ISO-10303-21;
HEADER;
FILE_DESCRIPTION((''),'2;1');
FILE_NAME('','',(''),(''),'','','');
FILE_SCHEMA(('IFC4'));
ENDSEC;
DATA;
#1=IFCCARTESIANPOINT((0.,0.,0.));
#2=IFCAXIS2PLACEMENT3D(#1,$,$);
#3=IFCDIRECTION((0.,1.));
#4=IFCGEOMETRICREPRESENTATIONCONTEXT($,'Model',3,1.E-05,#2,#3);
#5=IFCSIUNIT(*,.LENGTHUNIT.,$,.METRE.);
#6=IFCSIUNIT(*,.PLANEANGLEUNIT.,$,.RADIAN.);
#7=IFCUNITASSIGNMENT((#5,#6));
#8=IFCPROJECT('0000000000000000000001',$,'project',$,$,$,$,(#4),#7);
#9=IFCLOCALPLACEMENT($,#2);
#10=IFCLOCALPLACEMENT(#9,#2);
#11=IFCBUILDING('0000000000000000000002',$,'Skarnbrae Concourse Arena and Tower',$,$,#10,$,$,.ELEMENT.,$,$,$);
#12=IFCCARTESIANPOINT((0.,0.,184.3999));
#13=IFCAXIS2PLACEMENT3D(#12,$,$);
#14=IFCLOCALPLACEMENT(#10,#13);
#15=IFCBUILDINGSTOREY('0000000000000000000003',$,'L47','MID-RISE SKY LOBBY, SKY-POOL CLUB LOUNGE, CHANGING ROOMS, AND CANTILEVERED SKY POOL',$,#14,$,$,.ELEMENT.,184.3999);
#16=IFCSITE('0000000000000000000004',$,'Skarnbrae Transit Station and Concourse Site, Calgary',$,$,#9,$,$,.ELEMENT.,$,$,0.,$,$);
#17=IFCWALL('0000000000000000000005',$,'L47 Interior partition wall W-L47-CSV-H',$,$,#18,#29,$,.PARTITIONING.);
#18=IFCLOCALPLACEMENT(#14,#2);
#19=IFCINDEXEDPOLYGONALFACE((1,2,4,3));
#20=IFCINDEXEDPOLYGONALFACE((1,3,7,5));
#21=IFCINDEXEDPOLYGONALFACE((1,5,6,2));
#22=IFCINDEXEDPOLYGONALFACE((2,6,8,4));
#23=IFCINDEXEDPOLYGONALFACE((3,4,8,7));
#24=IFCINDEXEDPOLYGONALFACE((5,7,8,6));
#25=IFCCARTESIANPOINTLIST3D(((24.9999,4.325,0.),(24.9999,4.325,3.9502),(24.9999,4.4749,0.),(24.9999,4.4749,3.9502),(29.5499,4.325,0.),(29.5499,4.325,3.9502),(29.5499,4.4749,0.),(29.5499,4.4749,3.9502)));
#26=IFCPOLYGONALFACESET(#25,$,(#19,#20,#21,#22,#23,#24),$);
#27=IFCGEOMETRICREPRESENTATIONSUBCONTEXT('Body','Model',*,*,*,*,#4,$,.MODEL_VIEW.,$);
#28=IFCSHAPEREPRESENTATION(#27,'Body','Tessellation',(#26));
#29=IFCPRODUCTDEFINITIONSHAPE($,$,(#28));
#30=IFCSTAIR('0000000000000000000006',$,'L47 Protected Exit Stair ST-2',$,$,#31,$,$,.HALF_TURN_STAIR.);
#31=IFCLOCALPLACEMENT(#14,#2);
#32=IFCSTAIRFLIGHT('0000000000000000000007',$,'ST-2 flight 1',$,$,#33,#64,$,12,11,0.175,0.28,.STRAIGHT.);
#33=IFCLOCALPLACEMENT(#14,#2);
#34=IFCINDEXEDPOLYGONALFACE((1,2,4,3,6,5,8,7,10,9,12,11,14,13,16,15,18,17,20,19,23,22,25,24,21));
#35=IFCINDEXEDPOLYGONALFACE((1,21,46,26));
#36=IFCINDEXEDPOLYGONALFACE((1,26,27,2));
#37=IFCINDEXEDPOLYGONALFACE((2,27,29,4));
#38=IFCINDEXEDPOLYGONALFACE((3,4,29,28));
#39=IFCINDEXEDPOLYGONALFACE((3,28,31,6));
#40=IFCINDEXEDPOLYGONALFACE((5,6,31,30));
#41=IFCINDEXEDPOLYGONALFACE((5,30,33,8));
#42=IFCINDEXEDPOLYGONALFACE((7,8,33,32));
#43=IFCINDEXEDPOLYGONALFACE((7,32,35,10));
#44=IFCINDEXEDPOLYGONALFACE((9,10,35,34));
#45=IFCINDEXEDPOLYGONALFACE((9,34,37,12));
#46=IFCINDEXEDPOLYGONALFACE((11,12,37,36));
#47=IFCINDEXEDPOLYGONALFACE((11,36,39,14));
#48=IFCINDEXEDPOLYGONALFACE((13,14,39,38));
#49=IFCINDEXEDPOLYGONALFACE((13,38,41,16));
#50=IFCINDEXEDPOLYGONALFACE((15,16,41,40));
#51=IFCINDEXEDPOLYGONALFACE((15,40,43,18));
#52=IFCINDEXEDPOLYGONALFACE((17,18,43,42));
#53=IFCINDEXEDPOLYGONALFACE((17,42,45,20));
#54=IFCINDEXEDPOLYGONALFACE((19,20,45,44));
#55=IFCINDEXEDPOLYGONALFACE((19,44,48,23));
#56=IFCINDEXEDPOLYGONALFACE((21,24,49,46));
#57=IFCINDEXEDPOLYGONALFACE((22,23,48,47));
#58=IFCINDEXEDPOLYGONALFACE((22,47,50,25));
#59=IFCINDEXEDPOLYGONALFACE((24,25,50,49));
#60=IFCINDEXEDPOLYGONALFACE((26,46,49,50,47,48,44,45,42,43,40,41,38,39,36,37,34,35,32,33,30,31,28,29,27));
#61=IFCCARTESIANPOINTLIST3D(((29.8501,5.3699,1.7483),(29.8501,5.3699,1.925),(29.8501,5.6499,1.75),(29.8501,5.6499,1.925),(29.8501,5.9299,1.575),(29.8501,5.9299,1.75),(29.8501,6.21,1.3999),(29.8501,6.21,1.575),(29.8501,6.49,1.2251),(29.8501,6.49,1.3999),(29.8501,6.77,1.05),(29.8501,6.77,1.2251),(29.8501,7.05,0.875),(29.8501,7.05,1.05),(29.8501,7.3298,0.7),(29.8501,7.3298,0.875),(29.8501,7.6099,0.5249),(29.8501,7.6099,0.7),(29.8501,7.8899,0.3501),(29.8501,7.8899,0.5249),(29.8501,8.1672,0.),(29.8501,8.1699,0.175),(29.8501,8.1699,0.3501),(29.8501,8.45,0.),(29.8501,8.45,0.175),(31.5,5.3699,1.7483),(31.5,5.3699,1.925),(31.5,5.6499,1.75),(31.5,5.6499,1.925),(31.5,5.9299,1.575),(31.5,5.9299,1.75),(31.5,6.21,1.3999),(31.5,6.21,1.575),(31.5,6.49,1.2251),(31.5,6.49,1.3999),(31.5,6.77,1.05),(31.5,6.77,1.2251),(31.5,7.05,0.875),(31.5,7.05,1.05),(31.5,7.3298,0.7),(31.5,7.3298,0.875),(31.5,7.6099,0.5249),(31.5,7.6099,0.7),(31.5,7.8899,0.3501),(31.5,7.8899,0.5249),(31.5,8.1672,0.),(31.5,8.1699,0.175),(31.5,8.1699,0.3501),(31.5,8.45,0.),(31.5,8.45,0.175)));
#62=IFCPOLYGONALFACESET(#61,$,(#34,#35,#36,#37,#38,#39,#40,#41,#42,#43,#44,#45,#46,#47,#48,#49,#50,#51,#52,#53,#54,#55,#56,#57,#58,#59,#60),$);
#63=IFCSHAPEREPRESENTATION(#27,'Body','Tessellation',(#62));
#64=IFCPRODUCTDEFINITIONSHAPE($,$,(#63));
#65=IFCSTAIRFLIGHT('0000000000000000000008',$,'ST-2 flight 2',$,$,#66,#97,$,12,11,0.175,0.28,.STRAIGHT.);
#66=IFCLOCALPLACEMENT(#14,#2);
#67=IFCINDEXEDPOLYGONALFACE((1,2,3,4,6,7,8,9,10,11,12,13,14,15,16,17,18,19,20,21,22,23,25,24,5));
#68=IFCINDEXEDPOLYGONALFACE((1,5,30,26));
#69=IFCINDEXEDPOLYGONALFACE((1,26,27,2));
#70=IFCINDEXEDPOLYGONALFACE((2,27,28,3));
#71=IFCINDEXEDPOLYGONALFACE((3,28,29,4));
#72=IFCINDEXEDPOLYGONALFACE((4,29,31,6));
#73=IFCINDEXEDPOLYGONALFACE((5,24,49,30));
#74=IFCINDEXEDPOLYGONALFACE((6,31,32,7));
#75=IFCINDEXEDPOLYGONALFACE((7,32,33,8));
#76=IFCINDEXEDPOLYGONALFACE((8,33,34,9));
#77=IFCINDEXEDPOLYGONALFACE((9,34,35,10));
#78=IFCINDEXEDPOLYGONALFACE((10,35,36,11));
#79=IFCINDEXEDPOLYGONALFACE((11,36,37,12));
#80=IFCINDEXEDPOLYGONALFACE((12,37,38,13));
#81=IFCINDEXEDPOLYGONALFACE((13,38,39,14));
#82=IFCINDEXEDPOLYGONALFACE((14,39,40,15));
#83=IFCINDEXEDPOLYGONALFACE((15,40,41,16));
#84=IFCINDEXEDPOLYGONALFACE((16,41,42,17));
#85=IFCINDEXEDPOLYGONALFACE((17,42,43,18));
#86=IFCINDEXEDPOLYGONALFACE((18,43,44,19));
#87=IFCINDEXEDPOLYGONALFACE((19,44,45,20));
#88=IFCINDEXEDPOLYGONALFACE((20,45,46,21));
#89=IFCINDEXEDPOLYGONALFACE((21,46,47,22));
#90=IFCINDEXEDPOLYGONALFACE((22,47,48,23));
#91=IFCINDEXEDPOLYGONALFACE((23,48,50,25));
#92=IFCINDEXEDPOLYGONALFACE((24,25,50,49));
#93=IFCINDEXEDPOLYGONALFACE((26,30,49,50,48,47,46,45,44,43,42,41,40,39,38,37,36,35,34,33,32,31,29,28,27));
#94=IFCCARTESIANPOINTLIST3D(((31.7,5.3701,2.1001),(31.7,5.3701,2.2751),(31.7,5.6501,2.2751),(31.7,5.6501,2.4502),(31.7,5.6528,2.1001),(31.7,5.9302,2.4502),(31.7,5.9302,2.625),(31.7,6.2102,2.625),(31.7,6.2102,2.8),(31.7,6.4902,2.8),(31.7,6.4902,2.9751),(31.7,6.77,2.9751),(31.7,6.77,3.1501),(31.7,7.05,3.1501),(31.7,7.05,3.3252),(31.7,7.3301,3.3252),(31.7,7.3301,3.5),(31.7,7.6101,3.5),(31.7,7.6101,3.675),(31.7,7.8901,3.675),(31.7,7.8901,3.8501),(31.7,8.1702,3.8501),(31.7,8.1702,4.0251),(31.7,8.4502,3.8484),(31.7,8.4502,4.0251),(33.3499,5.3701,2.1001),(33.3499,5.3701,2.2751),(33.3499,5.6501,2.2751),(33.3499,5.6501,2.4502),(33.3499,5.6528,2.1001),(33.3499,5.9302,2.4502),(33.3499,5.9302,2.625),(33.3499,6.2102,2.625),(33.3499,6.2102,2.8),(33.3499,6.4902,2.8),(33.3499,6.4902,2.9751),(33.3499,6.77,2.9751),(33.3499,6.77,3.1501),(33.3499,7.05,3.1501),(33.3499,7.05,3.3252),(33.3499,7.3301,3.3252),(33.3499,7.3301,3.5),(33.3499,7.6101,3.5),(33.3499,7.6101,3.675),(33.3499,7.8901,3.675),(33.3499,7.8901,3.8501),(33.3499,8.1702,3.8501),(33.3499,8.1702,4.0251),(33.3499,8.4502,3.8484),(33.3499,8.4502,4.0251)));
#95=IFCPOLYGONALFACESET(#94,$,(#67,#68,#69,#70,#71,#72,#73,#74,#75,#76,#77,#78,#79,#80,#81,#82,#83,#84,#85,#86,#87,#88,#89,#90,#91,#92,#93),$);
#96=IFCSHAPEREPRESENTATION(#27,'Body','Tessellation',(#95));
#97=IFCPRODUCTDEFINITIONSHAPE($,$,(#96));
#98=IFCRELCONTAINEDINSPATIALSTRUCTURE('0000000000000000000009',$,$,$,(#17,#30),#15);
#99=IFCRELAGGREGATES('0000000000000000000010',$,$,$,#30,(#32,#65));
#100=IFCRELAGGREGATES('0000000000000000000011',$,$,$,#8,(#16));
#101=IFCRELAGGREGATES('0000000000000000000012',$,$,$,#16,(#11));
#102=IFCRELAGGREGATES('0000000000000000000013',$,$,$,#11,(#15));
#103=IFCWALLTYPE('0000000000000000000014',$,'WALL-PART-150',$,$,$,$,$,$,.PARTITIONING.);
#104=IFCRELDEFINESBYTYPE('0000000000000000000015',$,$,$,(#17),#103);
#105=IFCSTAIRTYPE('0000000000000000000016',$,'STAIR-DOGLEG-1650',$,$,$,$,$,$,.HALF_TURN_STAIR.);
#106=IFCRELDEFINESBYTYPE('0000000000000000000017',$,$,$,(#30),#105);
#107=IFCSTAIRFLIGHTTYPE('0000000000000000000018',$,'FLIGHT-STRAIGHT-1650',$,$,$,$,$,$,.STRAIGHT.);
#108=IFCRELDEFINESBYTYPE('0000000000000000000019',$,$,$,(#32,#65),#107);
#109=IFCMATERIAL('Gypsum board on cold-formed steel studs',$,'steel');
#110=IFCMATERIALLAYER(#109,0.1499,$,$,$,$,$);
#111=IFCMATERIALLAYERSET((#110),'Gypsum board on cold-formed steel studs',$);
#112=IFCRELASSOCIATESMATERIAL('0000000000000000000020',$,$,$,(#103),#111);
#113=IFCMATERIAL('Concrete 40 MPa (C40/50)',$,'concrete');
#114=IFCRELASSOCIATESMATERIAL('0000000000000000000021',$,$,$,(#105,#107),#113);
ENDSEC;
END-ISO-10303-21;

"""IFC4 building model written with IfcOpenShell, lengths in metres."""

from ifc_helpers import new_model, si_unit, direction, frame, frame_2d, origin, place, context, subcontext, project, spatial, polyline, rectangle, outline, extrude, source, transform, mapped, material, layer, layer_set, type_object, element, aggregate, save


model = new_model("IFC4")

# Units and contexts
model_context = context("Model", 3, precision=1e-05, world=origin(), true_north=direction((0.0, 1.0)))
body_context = subcontext(model_context, "Body", "Model", "MODEL_VIEW")
ifc_project = project(units=[si_unit("LENGTHUNIT", "METRE"), si_unit("PLANEANGLEUNIT", "RADIAN")], contexts=[model_context])

# Site, building, storey
site_placement = place(None, origin())
site = spatial("IfcSite", under=ifc_project, at=site_placement, Name="Skarnbrae Transit Station and Concourse Site, Calgary", CompositionType="ELEMENT", RefElevation=0.0)
building_placement = place(site_placement, origin())
building = spatial("IfcBuilding", under=site, at=building_placement, Name="Skarnbrae Concourse Arena and Tower", CompositionType="ELEMENT")
storey_placement = place(building_placement, frame((0.0, 0.0, 184.3999)))
storey = spatial("IfcBuildingStorey", under=building, at=storey_placement, Name="L47", Description="MID-RISE SKY LOBBY, SKY-POOL CLUB LOUNGE, CHANGING ROOMS, AND CANTILEVERED SKY POOL", CompositionType="ELEMENT", Elevation=184.3999)

# Shared definitions
ifc_material_1 = material(Name="Gypsum board on cold-formed steel studs", Category="steel")
ifc_layer_1 = layer(ifc_material_1, 0.1499)
ifc_layer_set_1 = layer_set([ifc_layer_1], Name="Gypsum board on cold-formed steel studs")
wall_type_1 = type_object("IfcWallType", Name="WALL-PART-150", PredefinedType="PARTITIONING", material=ifc_layer_set_1)

# Wall
shared_shape_1 = source(origin(), body_context, "Body", "SweptSolid", [
    extrude(rectangle(XDim=4.55, YDim=0.1499, at=frame_2d((2.2749, 0.0))), origin(), (0.0, 0.0, 1.0), 3.9502),
])
wall_1_placement = place(storey_placement, frame((25.0, 4.3999, 0.0), z_axis=(0.0, 0.0, 1.0), x_axis=(1.0, 0.0, 0.0)))
element("IfcWall", 1, at=wall_1_placement, inside=storey, type_object=wall_type_1, Name="L47 Interior partition wall W-L47-CSV-H", PredefinedType="PARTITIONING", context=body_context, shape_type="MappedRepresentation", body=[
    mapped(shared_shape_1, transform((0.0, 0.0, 0.0))),
])

# Stair, stair flights
ifc_material_2 = material(Name="Concrete 40 MPa (C40/50)", Category="concrete")
stair_type = type_object("IfcStairType", Name="STAIR-DOGLEG-1650", PredefinedType="HALF_TURN_STAIR", material=ifc_material_2)
stair_placement = place(storey_placement, origin())
stair = element("IfcStair", 2, at=stair_placement, inside=storey, type_object=stair_type, Name="L47 Protected Exit Stair ST-2", PredefinedType="HALF_TURN_STAIR")
stair_flight_type = type_object("IfcStairFlightType", Name="FLIGHT-STRAIGHT-1650", PredefinedType="STRAIGHT", material=ifc_material_2)
shared_shape_2 = source(origin(), body_context, "Body", "SweptSolid", [
    extrude(outline(polyline([(0.0, 0.0), (0.0, 0.175), (0.28, 0.175), (0.28, 0.3501), (0.5601, 0.3501), (0.5601, 0.5249), (0.8401, 0.5249), (0.8401, 0.7), (1.1201, 0.7), (1.1201, 0.875), (1.3999, 0.875), (1.3999, 1.05), (1.6799, 1.05), (1.6799, 1.2251), (1.96, 1.2251), (1.96, 1.3999), (2.24, 1.3999), (2.24, 1.575), (2.52, 1.575), (2.52, 1.75), (2.8, 1.75), (2.8, 1.925), (3.0801, 1.925), (3.0801, 2.1001), (3.0801, 1.7483), (0.2827, 0.0), (0.0, 0.0)])), frame((0.0, 0.825, 0.0), z_axis=(0.0, -1.0, 0.0), x_axis=(1.0, 0.0, 0.0)), (0.0, 0.0, 1.0), 1.6499),
])
stair_flight_1_placement = place(storey_placement, frame((30.675, 8.45, 0.0), z_axis=(0.0, 0.0, 1.0), x_axis=(0.0, -1.0, 0.0)))
stair_flight_1 = element("IfcStairFlight", 3, at=stair_flight_1_placement, type_object=stair_flight_type, Name="ST-2 flight 1", NumberOfRisers=12, NumberOfTreads=11, PredefinedType="STRAIGHT", RiserHeight=0.175, TreadLength=0.28, context=body_context, shape_type="MappedRepresentation", body=[
    mapped(shared_shape_2, transform((0.0, 0.0, 0.0))),
])
stair_flight_2_placement = place(storey_placement, frame((32.5249, 5.3701, 2.1001), z_axis=(0.0, 0.0, 1.0), x_axis=(0.0, 1.0, 0.0)))
stair_flight_2 = element("IfcStairFlight", 4, at=stair_flight_2_placement, type_object=stair_flight_type, Name="ST-2 flight 2", NumberOfRisers=12, NumberOfTreads=11, PredefinedType="STRAIGHT", RiserHeight=0.175, TreadLength=0.28, context=body_context, shape_type="MappedRepresentation", body=[
    mapped(shared_shape_2, transform((0.0, 0.0, 0.0))),
])
aggregate(stair, [stair_flight_1, stair_flight_2])

save(model, "model.ifc")
